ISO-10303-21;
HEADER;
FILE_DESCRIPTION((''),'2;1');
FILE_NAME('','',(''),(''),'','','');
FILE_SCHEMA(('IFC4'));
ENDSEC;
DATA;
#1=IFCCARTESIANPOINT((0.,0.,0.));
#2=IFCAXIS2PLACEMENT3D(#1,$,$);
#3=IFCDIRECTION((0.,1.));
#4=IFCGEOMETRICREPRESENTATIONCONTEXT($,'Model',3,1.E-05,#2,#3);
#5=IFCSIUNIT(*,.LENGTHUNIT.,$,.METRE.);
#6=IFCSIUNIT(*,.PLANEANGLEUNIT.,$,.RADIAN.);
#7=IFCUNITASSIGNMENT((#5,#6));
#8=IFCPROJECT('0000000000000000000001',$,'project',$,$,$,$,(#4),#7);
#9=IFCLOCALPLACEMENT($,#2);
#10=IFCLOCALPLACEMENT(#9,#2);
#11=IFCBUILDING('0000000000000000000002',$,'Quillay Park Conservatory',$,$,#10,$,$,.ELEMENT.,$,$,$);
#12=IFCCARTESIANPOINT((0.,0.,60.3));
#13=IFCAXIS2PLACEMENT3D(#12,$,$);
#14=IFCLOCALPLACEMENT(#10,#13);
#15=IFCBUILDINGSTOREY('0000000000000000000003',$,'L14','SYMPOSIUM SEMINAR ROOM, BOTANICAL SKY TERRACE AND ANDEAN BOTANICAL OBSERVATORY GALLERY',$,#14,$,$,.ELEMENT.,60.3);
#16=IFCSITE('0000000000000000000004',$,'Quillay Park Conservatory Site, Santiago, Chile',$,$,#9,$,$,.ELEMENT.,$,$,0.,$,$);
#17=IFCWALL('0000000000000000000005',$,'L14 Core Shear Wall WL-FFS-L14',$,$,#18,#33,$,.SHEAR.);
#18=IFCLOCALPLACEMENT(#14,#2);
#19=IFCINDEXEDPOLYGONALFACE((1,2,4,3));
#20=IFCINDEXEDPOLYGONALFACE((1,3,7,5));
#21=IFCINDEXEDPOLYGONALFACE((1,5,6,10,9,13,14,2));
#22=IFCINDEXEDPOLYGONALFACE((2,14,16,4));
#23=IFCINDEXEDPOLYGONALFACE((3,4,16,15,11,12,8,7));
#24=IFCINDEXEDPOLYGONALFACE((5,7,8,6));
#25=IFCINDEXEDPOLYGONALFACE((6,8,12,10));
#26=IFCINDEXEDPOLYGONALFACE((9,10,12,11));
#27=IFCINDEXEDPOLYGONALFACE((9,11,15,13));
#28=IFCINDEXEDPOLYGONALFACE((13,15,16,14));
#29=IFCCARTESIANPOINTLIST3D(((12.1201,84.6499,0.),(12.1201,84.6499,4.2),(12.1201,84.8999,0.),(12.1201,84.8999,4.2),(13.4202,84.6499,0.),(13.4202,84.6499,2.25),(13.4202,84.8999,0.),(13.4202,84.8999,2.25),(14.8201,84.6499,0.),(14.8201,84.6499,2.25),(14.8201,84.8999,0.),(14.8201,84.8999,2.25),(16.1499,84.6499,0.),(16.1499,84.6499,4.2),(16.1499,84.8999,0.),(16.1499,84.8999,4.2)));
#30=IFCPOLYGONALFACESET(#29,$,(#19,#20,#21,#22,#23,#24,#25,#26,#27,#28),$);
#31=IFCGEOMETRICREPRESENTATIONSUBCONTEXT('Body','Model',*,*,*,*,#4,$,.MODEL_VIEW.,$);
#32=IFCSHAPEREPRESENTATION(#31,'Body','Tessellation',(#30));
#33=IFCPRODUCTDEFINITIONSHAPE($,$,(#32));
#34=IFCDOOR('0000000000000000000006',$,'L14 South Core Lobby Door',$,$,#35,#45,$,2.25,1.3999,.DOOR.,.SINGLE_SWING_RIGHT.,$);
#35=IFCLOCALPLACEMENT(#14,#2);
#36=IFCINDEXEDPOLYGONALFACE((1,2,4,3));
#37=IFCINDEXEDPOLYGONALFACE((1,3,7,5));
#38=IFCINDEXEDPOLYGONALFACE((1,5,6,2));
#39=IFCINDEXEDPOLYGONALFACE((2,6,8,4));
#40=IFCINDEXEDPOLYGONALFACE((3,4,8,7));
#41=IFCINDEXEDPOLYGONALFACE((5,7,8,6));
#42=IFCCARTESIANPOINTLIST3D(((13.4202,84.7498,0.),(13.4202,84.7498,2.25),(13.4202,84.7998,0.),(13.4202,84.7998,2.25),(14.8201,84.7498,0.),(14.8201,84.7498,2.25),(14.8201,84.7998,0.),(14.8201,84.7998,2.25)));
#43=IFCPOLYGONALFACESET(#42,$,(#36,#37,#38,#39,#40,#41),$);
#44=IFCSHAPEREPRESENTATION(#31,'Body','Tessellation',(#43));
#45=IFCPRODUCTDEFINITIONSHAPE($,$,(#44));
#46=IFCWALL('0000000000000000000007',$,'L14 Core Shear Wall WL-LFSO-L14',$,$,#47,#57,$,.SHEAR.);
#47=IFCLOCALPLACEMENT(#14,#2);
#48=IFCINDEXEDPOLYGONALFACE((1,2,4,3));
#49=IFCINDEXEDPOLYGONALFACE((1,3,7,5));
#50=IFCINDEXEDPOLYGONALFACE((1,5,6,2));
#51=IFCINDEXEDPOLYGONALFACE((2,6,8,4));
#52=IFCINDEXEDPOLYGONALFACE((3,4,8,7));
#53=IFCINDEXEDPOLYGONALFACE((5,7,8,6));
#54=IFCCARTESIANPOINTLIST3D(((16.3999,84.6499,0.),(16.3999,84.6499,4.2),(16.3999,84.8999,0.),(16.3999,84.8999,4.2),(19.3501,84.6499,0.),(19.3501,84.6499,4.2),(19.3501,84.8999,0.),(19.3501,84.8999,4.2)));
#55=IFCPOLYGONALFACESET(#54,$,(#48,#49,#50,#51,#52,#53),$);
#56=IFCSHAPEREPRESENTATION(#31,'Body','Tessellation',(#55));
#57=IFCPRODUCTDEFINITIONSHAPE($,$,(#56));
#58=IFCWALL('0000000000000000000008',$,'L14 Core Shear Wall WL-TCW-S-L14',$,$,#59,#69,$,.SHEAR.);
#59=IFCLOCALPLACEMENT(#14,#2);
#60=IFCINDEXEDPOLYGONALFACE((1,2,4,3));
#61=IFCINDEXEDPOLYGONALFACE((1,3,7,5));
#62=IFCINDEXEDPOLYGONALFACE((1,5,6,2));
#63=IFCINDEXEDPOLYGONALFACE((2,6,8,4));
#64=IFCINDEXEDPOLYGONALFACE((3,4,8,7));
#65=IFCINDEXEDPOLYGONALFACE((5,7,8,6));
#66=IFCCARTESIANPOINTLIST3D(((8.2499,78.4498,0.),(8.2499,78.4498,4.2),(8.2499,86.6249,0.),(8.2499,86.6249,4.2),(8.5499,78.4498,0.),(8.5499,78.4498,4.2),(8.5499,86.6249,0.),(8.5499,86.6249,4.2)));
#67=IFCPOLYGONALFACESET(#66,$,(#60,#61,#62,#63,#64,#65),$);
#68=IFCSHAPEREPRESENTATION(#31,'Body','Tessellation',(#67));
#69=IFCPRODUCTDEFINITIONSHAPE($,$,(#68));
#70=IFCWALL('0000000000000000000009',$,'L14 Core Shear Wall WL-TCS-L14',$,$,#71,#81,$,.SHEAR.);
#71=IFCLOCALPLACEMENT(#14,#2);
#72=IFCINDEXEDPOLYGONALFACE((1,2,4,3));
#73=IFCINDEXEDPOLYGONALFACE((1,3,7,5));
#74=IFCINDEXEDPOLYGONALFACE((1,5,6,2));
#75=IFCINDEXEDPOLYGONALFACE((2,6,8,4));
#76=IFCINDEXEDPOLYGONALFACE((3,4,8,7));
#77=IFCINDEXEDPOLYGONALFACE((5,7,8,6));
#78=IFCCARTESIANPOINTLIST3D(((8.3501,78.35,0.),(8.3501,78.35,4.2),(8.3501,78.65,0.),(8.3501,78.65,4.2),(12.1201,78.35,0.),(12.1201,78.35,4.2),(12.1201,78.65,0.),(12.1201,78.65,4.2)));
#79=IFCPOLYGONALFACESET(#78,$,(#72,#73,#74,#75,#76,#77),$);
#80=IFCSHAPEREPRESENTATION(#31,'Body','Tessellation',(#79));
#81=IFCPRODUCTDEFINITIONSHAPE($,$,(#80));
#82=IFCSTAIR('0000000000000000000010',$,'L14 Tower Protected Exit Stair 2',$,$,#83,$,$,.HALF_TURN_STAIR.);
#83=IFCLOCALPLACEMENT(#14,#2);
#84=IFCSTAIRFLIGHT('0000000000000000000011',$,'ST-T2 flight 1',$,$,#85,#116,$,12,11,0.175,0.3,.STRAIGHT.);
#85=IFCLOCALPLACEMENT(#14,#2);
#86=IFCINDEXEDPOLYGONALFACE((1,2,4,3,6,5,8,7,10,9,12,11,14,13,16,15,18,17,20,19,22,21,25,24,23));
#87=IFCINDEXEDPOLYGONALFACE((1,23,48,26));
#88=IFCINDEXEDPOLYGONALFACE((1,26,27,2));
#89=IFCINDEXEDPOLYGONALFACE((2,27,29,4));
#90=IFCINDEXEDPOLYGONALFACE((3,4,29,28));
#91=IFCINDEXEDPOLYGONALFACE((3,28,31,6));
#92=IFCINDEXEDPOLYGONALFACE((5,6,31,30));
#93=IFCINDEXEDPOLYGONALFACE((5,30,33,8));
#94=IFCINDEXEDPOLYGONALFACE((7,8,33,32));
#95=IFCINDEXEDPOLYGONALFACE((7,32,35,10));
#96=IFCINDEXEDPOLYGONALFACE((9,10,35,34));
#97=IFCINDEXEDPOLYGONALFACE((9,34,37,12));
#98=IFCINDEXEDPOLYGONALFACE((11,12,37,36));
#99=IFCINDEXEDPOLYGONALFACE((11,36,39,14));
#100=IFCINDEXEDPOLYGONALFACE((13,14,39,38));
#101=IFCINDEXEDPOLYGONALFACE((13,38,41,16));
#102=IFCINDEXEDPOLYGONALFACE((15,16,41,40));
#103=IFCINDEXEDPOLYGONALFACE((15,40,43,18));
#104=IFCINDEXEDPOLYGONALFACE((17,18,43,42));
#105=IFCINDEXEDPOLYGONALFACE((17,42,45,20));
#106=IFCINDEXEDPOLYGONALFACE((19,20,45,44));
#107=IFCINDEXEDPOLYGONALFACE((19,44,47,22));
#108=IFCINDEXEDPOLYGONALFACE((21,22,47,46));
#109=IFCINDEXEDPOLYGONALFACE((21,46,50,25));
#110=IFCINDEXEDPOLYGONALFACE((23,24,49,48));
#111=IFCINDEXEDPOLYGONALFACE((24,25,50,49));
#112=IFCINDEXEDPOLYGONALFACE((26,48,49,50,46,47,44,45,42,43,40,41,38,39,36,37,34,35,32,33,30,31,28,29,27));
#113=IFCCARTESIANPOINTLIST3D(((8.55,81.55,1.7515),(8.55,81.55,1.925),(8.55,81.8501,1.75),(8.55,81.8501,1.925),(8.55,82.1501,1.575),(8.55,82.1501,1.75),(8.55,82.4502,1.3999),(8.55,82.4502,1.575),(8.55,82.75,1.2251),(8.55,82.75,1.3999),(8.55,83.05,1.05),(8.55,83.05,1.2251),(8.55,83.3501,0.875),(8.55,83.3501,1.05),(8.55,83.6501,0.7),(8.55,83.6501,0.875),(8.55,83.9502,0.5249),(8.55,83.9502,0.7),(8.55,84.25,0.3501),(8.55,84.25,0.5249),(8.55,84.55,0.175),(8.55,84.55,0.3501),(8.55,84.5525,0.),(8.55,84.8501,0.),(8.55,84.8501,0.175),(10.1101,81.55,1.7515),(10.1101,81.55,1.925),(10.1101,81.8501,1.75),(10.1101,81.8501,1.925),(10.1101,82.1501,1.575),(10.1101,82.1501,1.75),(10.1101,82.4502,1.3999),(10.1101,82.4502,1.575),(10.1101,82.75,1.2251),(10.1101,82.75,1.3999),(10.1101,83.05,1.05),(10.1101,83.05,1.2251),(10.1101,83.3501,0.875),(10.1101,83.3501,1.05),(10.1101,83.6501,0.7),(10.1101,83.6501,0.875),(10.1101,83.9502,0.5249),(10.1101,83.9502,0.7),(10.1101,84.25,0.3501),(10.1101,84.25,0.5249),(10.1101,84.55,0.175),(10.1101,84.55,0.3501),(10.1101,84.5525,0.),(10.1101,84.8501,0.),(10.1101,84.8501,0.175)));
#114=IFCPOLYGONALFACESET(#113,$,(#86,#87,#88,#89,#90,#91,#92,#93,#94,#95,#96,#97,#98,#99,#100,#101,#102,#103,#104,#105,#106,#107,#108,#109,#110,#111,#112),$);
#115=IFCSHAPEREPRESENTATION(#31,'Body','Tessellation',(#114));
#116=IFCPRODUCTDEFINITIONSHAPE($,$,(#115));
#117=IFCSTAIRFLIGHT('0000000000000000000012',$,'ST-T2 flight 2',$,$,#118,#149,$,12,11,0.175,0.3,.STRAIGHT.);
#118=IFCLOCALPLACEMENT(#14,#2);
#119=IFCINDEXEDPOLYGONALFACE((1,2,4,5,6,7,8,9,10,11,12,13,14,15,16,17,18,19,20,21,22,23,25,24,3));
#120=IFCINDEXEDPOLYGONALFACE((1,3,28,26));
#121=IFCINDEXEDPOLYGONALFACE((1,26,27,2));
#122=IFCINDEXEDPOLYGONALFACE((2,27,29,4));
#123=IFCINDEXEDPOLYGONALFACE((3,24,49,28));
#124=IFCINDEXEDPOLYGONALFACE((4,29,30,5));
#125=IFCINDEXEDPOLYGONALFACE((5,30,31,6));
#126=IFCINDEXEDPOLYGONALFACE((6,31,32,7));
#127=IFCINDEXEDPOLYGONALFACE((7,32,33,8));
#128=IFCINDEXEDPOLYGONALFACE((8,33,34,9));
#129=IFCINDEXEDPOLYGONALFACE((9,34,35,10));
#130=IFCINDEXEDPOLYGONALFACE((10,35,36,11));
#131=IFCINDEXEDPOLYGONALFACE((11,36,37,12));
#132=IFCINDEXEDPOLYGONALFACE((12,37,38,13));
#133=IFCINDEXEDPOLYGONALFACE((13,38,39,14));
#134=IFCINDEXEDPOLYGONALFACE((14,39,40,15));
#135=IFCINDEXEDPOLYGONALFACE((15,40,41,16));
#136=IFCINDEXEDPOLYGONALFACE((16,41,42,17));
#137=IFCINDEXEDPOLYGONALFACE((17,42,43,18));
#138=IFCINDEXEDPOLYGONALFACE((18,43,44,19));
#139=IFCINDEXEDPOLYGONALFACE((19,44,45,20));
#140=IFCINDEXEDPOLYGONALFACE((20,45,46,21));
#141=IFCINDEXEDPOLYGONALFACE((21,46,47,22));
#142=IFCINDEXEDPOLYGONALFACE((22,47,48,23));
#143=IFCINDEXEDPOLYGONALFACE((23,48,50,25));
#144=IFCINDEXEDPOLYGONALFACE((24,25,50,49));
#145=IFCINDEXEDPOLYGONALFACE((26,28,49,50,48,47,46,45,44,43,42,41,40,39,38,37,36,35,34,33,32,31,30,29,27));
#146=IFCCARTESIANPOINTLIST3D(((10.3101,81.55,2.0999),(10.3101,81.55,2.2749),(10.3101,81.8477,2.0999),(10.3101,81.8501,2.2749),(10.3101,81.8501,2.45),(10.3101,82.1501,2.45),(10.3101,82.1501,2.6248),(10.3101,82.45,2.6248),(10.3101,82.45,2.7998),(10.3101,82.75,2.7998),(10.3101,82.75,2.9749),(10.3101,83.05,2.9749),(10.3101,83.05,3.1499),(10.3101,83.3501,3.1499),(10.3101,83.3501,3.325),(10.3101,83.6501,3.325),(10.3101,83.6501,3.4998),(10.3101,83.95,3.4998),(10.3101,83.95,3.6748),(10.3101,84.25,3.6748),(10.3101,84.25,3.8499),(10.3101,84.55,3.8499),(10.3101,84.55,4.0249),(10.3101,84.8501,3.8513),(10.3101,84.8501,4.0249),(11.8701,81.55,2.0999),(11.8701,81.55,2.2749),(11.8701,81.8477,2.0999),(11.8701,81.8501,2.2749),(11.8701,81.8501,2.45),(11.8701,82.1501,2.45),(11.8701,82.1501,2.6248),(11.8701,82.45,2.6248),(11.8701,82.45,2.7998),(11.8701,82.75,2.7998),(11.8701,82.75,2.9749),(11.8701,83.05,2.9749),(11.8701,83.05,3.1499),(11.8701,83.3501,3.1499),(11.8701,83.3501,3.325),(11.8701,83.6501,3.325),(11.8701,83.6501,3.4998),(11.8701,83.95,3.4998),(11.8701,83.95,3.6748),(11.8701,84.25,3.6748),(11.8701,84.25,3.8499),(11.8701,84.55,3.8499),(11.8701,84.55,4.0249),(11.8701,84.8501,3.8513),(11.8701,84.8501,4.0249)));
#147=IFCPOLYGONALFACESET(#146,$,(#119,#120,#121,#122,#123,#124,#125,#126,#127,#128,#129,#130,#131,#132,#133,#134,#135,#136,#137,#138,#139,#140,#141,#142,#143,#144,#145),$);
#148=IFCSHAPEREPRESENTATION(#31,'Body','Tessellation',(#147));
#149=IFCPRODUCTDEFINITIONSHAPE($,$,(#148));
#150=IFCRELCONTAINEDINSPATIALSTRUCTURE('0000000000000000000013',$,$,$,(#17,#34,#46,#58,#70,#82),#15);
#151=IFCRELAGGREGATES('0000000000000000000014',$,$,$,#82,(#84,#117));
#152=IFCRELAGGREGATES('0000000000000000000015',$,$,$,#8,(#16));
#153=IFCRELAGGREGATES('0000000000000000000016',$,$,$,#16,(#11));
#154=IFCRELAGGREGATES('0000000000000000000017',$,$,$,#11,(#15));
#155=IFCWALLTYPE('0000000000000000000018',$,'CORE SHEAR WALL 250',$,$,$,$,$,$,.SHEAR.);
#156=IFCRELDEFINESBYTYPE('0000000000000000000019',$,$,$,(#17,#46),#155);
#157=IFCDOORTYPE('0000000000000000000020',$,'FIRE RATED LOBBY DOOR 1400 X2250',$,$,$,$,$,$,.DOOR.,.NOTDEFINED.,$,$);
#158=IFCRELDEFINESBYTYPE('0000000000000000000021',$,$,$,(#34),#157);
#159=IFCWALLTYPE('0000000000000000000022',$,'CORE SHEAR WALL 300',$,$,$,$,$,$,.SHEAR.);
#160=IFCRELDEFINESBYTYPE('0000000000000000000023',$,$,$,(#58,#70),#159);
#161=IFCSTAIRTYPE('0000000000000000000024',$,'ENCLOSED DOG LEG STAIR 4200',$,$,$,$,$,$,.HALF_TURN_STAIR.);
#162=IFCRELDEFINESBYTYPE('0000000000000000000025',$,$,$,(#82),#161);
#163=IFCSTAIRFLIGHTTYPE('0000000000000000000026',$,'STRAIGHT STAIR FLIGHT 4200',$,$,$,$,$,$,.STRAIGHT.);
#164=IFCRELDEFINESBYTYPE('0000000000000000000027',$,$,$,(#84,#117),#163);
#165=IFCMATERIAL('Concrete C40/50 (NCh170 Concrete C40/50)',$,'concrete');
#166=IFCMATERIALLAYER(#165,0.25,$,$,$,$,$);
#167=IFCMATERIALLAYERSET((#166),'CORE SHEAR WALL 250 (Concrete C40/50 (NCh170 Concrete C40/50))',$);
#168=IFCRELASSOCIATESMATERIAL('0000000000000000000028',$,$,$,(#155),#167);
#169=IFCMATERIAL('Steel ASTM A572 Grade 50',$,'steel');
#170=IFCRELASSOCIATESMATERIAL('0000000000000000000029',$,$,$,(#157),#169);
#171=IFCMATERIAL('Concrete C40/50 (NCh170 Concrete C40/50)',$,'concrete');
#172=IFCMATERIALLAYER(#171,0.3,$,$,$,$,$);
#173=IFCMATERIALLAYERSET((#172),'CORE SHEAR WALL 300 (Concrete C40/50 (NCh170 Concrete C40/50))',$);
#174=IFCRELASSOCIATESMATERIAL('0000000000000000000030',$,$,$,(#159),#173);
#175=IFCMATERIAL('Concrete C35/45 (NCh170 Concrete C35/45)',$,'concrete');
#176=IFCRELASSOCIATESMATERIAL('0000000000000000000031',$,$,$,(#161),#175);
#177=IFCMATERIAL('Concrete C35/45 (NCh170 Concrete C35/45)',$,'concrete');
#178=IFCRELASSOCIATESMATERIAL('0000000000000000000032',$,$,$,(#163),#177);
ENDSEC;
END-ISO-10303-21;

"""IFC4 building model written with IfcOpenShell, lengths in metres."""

from ifc_helpers import new_model, si_unit, direction, frame, frame_2d, origin, place, context, subcontext, project, spatial, polyline, rectangle, outline, extrude, material, layer, layer_set, type_object, element, fill, aggregate, save


model = new_model("IFC4")

# Units and contexts
model_context = context("Model", 3, precision=1e-05, world=origin(), true_north=direction((0.0, 1.0)))
body_context = subcontext(model_context, "Body", "Model", "MODEL_VIEW")
ifc_project = project(units=[si_unit("LENGTHUNIT", "METRE"), si_unit("PLANEANGLEUNIT", "RADIAN")], contexts=[model_context])

# Site, building, storey
site_placement = place(None, origin())
site = spatial("IfcSite", under=ifc_project, at=site_placement, Name="Quillay Park Conservatory Site, Santiago, Chile", CompositionType="ELEMENT", RefElevation=0.0)
building_placement = place(site_placement, origin())
building = spatial("IfcBuilding", under=site, at=building_placement, Name="Quillay Park Conservatory", CompositionType="ELEMENT")
storey_placement = place(building_placement, frame((0.0, 0.0, 60.3)))
storey = spatial("IfcBuildingStorey", under=building, at=storey_placement, Name="L14", Description="SYMPOSIUM SEMINAR ROOM, BOTANICAL SKY TERRACE AND ANDEAN BOTANICAL OBSERVATORY GALLERY", CompositionType="ELEMENT", Elevation=60.3)

# Shared definitions
ifc_material_1 = material(Name="Concrete C40/50 (NCh170 Concrete C40/50)", Category="concrete")
ifc_layer_1 = layer(ifc_material_1, 0.25)
ifc_layer_set_1 = layer_set([ifc_layer_1], Name="CORE SHEAR WALL 250 (Concrete C40/50 (NCh170 Concrete C40/50))")
wall_type_1 = type_object("IfcWallType", Name="CORE SHEAR WALL 250", PredefinedType="SHEAR", material=ifc_layer_set_1)

# Wall, opening, door
wall_1_placement = place(storey_placement, frame((12.1201, 84.7749, 0.0), z_axis=(0.0, 0.0, 1.0), x_axis=(1.0, 0.0, 0.0)))
wall_1 = element("IfcWall", 1, at=wall_1_placement, inside=storey, type_object=wall_type_1, Name="L14 Core Shear Wall WL-FFS-L14", PredefinedType="SHEAR", context=body_context, shape_type="SweptSolid", body=[
    extrude(rectangle(XDim=4.0298, YDim=0.25, at=frame_2d((2.0149, 0.0))), origin(), (0.0, 0.0, 1.0), 4.2),
])
opening_1_placement = place(wall_1_placement, frame((1.3, 0.0, 0.0)))
opening_1 = element("IfcOpeningElement", 2, at=opening_1_placement, cuts=wall_1, PredefinedType="OPENING", context=body_context, shape_type="SweptSolid", body=[
    extrude(rectangle(XDim=1.3999, YDim=2.25, at=frame_2d((0.7, 1.125))), frame((0.0, 0.125, 0.0), z_axis=(0.0, -1.0, 0.0), x_axis=(1.0, 0.0, 0.0)), (0.0, 0.0, 1.0), 0.25),
])
ifc_material_2 = material(Name="Steel ASTM A572 Grade 50", Category="steel")
door_type_1 = type_object("IfcDoorType", Name="FIRE RATED LOBBY DOOR 1400 X2250", OperationType="NOTDEFINED", PredefinedType="DOOR", material=ifc_material_2)
door_1_placement = place(opening_1_placement, origin())
door_1 = element("IfcDoor", 3, at=door_1_placement, inside=storey, type_object=door_type_1, Name="L14 South Core Lobby Door", OperationType="SINGLE_SWING_RIGHT", OverallHeight=2.25, OverallWidth=1.3999, PredefinedType="DOOR", context=body_context, shape_type="SweptSolid", body=[
    extrude(rectangle(XDim=1.3999, YDim=2.25, at=frame_2d((0.7, 1.125))), frame((0.0, 0.0249, 0.0), z_axis=(0.0, -1.0, 0.0), x_axis=(1.0, 0.0, 0.0)), (0.0, 0.0, 1.0), 0.05),
])
fill(opening_1, door_1)

# Wall
wall_2_placement = place(storey_placement, frame((16.3999, 84.7749, 0.0), z_axis=(0.0, 0.0, 1.0), x_axis=(1.0, 0.0, 0.0)))
element("IfcWall", 4, at=wall_2_placement, inside=storey, type_object=wall_type_1, Name="L14 Core Shear Wall WL-LFSO-L14", PredefinedType="SHEAR", context=body_context, shape_type="SweptSolid", body=[
    extrude(rectangle(XDim=2.9502, YDim=0.25, at=frame_2d((1.4751, 0.0))), origin(), (0.0, 0.0, 1.0), 4.2),
])

# Walls
ifc_material_3 = material(Name="Concrete C40/50 (NCh170 Concrete C40/50)", Category="concrete")
ifc_layer_2 = layer(ifc_material_3, 0.3)
ifc_layer_set_2 = layer_set([ifc_layer_2], Name="CORE SHEAR WALL 300 (Concrete C40/50 (NCh170 Concrete C40/50))")
wall_type_2 = type_object("IfcWallType", Name="CORE SHEAR WALL 300", PredefinedType="SHEAR", material=ifc_layer_set_2)
wall_3_placement = place(storey_placement, frame((8.3999, 78.45, 0.0), z_axis=(0.0, 0.0, 1.0), x_axis=(0.0, 1.0, 0.0)))
element("IfcWall", 5, at=wall_3_placement, inside=storey, type_object=wall_type_2, Name="L14 Core Shear Wall WL-TCW-S-L14", PredefinedType="SHEAR", context=body_context, shape_type="SweptSolid", body=[
    extrude(rectangle(XDim=8.175, YDim=0.3, at=frame_2d((4.0874, 0.0))), origin(), (0.0, 0.0, 1.0), 4.2),
])
wall_4_placement = place(storey_placement, frame((8.3501, 78.5, 0.0), z_axis=(0.0, 0.0, 1.0), x_axis=(1.0, 0.0, 0.0)))
element("IfcWall", 6, at=wall_4_placement, inside=storey, type_object=wall_type_2, Name="L14 Core Shear Wall WL-TCS-L14", PredefinedType="SHEAR", context=body_context, shape_type="SweptSolid", body=[
    extrude(rectangle(XDim=3.77, YDim=0.3, at=frame_2d((1.885, 0.0))), origin(), (0.0, 0.0, 1.0), 4.2),
])

# Stair, stair flights
ifc_material_4 = material(Name="Concrete C35/45 (NCh170 Concrete C35/45)", Category="concrete")
stair_type = type_object("IfcStairType", Name="ENCLOSED DOG LEG STAIR 4200", PredefinedType="HALF_TURN_STAIR", material=ifc_material_4)
stair_placement = place(storey_placement, origin())
stair = element("IfcStair", 7, at=stair_placement, inside=storey, type_object=stair_type, Name="L14 Tower Protected Exit Stair 2", PredefinedType="HALF_TURN_STAIR")
ifc_material_5 = material(Name="Concrete C35/45 (NCh170 Concrete C35/45)", Category="concrete")
stair_flight_type = type_object("IfcStairFlightType", Name="STRAIGHT STAIR FLIGHT 4200", PredefinedType="STRAIGHT", material=ifc_material_5)
stair_flight_1_placement = place(storey_placement, frame((9.3301, 84.8501, 0.0), z_axis=(0.0, 0.0, 1.0), x_axis=(0.0, -1.0, 0.0)))
stair_flight_1 = element("IfcStairFlight", 8, at=stair_flight_1_placement, type_object=stair_flight_type, Name="ST-T2 flight 1", NumberOfRisers=12, NumberOfTreads=11, PredefinedType="STRAIGHT", RiserHeight=0.175, TreadLength=0.3, context=body_context, shape_type="SweptSolid", body=[
    extrude(outline(polyline([(0.0, 0.0), (0.0, 0.175), (0.3, 0.175), (0.3, 0.3501), (0.6001, 0.3501), (0.6001, 0.5249), (0.8999, 0.5249), (0.8999, 0.7), (1.2, 0.7), (1.2, 0.875), (1.5, 0.875), (1.5, 1.05), (1.8, 1.05), (1.8, 1.2251), (2.1001, 1.2251), (2.1001, 1.3999), (2.3999, 1.3999), (2.3999, 1.575), (2.7, 1.575), (2.7, 1.75), (3.0, 1.75), (3.0, 1.925), (3.3, 1.925), (3.3, 2.1001), (3.3, 1.7515), (0.2976, 0.0), (0.0, 0.0)])), frame((0.0, 0.78, 0.0), z_axis=(0.0, -1.0, 0.0), x_axis=(1.0, 0.0, 0.0)), (0.0, 0.0, 1.0), 1.5601),
])
stair_flight_2_placement = place(storey_placement, frame((11.0901, 81.55, 2.0999), z_axis=(0.0, 0.0, 1.0), x_axis=(0.0, 1.0, 0.0)))
stair_flight_2 = element("IfcStairFlight", 9, at=stair_flight_2_placement, type_object=stair_flight_type, Name="ST-T2 flight 2", NumberOfRisers=12, NumberOfTreads=11, PredefinedType="STRAIGHT", RiserHeight=0.175, TreadLength=0.3, context=body_context, shape_type="SweptSolid", body=[
    extrude(outline(polyline([(0.0, 0.0), (0.0, 0.175), (0.3, 0.175), (0.3, 0.3501), (0.6001, 0.3501), (0.6001, 0.5249), (0.8999, 0.5249), (0.8999, 0.7), (1.2, 0.7), (1.2, 0.875), (1.5, 0.875), (1.5, 1.05), (1.8, 1.05), (1.8, 1.2251), (2.1001, 1.2251), (2.1001, 1.3999), (2.3999, 1.3999), (2.3999, 1.575), (2.7, 1.575), (2.7, 1.75), (3.0, 1.75), (3.0, 1.925), (3.3, 1.925), (3.3, 2.1001), (3.3, 1.7515), (0.2976, 0.0), (0.0, 0.0)])), frame((0.0, 0.78, 0.0), z_axis=(0.0, -1.0, 0.0), x_axis=(1.0, 0.0, 0.0)), (0.0, 0.0, 1.0), 1.5601),
])
aggregate(stair, [stair_flight_1, stair_flight_2])

save(model, "model.ifc")
